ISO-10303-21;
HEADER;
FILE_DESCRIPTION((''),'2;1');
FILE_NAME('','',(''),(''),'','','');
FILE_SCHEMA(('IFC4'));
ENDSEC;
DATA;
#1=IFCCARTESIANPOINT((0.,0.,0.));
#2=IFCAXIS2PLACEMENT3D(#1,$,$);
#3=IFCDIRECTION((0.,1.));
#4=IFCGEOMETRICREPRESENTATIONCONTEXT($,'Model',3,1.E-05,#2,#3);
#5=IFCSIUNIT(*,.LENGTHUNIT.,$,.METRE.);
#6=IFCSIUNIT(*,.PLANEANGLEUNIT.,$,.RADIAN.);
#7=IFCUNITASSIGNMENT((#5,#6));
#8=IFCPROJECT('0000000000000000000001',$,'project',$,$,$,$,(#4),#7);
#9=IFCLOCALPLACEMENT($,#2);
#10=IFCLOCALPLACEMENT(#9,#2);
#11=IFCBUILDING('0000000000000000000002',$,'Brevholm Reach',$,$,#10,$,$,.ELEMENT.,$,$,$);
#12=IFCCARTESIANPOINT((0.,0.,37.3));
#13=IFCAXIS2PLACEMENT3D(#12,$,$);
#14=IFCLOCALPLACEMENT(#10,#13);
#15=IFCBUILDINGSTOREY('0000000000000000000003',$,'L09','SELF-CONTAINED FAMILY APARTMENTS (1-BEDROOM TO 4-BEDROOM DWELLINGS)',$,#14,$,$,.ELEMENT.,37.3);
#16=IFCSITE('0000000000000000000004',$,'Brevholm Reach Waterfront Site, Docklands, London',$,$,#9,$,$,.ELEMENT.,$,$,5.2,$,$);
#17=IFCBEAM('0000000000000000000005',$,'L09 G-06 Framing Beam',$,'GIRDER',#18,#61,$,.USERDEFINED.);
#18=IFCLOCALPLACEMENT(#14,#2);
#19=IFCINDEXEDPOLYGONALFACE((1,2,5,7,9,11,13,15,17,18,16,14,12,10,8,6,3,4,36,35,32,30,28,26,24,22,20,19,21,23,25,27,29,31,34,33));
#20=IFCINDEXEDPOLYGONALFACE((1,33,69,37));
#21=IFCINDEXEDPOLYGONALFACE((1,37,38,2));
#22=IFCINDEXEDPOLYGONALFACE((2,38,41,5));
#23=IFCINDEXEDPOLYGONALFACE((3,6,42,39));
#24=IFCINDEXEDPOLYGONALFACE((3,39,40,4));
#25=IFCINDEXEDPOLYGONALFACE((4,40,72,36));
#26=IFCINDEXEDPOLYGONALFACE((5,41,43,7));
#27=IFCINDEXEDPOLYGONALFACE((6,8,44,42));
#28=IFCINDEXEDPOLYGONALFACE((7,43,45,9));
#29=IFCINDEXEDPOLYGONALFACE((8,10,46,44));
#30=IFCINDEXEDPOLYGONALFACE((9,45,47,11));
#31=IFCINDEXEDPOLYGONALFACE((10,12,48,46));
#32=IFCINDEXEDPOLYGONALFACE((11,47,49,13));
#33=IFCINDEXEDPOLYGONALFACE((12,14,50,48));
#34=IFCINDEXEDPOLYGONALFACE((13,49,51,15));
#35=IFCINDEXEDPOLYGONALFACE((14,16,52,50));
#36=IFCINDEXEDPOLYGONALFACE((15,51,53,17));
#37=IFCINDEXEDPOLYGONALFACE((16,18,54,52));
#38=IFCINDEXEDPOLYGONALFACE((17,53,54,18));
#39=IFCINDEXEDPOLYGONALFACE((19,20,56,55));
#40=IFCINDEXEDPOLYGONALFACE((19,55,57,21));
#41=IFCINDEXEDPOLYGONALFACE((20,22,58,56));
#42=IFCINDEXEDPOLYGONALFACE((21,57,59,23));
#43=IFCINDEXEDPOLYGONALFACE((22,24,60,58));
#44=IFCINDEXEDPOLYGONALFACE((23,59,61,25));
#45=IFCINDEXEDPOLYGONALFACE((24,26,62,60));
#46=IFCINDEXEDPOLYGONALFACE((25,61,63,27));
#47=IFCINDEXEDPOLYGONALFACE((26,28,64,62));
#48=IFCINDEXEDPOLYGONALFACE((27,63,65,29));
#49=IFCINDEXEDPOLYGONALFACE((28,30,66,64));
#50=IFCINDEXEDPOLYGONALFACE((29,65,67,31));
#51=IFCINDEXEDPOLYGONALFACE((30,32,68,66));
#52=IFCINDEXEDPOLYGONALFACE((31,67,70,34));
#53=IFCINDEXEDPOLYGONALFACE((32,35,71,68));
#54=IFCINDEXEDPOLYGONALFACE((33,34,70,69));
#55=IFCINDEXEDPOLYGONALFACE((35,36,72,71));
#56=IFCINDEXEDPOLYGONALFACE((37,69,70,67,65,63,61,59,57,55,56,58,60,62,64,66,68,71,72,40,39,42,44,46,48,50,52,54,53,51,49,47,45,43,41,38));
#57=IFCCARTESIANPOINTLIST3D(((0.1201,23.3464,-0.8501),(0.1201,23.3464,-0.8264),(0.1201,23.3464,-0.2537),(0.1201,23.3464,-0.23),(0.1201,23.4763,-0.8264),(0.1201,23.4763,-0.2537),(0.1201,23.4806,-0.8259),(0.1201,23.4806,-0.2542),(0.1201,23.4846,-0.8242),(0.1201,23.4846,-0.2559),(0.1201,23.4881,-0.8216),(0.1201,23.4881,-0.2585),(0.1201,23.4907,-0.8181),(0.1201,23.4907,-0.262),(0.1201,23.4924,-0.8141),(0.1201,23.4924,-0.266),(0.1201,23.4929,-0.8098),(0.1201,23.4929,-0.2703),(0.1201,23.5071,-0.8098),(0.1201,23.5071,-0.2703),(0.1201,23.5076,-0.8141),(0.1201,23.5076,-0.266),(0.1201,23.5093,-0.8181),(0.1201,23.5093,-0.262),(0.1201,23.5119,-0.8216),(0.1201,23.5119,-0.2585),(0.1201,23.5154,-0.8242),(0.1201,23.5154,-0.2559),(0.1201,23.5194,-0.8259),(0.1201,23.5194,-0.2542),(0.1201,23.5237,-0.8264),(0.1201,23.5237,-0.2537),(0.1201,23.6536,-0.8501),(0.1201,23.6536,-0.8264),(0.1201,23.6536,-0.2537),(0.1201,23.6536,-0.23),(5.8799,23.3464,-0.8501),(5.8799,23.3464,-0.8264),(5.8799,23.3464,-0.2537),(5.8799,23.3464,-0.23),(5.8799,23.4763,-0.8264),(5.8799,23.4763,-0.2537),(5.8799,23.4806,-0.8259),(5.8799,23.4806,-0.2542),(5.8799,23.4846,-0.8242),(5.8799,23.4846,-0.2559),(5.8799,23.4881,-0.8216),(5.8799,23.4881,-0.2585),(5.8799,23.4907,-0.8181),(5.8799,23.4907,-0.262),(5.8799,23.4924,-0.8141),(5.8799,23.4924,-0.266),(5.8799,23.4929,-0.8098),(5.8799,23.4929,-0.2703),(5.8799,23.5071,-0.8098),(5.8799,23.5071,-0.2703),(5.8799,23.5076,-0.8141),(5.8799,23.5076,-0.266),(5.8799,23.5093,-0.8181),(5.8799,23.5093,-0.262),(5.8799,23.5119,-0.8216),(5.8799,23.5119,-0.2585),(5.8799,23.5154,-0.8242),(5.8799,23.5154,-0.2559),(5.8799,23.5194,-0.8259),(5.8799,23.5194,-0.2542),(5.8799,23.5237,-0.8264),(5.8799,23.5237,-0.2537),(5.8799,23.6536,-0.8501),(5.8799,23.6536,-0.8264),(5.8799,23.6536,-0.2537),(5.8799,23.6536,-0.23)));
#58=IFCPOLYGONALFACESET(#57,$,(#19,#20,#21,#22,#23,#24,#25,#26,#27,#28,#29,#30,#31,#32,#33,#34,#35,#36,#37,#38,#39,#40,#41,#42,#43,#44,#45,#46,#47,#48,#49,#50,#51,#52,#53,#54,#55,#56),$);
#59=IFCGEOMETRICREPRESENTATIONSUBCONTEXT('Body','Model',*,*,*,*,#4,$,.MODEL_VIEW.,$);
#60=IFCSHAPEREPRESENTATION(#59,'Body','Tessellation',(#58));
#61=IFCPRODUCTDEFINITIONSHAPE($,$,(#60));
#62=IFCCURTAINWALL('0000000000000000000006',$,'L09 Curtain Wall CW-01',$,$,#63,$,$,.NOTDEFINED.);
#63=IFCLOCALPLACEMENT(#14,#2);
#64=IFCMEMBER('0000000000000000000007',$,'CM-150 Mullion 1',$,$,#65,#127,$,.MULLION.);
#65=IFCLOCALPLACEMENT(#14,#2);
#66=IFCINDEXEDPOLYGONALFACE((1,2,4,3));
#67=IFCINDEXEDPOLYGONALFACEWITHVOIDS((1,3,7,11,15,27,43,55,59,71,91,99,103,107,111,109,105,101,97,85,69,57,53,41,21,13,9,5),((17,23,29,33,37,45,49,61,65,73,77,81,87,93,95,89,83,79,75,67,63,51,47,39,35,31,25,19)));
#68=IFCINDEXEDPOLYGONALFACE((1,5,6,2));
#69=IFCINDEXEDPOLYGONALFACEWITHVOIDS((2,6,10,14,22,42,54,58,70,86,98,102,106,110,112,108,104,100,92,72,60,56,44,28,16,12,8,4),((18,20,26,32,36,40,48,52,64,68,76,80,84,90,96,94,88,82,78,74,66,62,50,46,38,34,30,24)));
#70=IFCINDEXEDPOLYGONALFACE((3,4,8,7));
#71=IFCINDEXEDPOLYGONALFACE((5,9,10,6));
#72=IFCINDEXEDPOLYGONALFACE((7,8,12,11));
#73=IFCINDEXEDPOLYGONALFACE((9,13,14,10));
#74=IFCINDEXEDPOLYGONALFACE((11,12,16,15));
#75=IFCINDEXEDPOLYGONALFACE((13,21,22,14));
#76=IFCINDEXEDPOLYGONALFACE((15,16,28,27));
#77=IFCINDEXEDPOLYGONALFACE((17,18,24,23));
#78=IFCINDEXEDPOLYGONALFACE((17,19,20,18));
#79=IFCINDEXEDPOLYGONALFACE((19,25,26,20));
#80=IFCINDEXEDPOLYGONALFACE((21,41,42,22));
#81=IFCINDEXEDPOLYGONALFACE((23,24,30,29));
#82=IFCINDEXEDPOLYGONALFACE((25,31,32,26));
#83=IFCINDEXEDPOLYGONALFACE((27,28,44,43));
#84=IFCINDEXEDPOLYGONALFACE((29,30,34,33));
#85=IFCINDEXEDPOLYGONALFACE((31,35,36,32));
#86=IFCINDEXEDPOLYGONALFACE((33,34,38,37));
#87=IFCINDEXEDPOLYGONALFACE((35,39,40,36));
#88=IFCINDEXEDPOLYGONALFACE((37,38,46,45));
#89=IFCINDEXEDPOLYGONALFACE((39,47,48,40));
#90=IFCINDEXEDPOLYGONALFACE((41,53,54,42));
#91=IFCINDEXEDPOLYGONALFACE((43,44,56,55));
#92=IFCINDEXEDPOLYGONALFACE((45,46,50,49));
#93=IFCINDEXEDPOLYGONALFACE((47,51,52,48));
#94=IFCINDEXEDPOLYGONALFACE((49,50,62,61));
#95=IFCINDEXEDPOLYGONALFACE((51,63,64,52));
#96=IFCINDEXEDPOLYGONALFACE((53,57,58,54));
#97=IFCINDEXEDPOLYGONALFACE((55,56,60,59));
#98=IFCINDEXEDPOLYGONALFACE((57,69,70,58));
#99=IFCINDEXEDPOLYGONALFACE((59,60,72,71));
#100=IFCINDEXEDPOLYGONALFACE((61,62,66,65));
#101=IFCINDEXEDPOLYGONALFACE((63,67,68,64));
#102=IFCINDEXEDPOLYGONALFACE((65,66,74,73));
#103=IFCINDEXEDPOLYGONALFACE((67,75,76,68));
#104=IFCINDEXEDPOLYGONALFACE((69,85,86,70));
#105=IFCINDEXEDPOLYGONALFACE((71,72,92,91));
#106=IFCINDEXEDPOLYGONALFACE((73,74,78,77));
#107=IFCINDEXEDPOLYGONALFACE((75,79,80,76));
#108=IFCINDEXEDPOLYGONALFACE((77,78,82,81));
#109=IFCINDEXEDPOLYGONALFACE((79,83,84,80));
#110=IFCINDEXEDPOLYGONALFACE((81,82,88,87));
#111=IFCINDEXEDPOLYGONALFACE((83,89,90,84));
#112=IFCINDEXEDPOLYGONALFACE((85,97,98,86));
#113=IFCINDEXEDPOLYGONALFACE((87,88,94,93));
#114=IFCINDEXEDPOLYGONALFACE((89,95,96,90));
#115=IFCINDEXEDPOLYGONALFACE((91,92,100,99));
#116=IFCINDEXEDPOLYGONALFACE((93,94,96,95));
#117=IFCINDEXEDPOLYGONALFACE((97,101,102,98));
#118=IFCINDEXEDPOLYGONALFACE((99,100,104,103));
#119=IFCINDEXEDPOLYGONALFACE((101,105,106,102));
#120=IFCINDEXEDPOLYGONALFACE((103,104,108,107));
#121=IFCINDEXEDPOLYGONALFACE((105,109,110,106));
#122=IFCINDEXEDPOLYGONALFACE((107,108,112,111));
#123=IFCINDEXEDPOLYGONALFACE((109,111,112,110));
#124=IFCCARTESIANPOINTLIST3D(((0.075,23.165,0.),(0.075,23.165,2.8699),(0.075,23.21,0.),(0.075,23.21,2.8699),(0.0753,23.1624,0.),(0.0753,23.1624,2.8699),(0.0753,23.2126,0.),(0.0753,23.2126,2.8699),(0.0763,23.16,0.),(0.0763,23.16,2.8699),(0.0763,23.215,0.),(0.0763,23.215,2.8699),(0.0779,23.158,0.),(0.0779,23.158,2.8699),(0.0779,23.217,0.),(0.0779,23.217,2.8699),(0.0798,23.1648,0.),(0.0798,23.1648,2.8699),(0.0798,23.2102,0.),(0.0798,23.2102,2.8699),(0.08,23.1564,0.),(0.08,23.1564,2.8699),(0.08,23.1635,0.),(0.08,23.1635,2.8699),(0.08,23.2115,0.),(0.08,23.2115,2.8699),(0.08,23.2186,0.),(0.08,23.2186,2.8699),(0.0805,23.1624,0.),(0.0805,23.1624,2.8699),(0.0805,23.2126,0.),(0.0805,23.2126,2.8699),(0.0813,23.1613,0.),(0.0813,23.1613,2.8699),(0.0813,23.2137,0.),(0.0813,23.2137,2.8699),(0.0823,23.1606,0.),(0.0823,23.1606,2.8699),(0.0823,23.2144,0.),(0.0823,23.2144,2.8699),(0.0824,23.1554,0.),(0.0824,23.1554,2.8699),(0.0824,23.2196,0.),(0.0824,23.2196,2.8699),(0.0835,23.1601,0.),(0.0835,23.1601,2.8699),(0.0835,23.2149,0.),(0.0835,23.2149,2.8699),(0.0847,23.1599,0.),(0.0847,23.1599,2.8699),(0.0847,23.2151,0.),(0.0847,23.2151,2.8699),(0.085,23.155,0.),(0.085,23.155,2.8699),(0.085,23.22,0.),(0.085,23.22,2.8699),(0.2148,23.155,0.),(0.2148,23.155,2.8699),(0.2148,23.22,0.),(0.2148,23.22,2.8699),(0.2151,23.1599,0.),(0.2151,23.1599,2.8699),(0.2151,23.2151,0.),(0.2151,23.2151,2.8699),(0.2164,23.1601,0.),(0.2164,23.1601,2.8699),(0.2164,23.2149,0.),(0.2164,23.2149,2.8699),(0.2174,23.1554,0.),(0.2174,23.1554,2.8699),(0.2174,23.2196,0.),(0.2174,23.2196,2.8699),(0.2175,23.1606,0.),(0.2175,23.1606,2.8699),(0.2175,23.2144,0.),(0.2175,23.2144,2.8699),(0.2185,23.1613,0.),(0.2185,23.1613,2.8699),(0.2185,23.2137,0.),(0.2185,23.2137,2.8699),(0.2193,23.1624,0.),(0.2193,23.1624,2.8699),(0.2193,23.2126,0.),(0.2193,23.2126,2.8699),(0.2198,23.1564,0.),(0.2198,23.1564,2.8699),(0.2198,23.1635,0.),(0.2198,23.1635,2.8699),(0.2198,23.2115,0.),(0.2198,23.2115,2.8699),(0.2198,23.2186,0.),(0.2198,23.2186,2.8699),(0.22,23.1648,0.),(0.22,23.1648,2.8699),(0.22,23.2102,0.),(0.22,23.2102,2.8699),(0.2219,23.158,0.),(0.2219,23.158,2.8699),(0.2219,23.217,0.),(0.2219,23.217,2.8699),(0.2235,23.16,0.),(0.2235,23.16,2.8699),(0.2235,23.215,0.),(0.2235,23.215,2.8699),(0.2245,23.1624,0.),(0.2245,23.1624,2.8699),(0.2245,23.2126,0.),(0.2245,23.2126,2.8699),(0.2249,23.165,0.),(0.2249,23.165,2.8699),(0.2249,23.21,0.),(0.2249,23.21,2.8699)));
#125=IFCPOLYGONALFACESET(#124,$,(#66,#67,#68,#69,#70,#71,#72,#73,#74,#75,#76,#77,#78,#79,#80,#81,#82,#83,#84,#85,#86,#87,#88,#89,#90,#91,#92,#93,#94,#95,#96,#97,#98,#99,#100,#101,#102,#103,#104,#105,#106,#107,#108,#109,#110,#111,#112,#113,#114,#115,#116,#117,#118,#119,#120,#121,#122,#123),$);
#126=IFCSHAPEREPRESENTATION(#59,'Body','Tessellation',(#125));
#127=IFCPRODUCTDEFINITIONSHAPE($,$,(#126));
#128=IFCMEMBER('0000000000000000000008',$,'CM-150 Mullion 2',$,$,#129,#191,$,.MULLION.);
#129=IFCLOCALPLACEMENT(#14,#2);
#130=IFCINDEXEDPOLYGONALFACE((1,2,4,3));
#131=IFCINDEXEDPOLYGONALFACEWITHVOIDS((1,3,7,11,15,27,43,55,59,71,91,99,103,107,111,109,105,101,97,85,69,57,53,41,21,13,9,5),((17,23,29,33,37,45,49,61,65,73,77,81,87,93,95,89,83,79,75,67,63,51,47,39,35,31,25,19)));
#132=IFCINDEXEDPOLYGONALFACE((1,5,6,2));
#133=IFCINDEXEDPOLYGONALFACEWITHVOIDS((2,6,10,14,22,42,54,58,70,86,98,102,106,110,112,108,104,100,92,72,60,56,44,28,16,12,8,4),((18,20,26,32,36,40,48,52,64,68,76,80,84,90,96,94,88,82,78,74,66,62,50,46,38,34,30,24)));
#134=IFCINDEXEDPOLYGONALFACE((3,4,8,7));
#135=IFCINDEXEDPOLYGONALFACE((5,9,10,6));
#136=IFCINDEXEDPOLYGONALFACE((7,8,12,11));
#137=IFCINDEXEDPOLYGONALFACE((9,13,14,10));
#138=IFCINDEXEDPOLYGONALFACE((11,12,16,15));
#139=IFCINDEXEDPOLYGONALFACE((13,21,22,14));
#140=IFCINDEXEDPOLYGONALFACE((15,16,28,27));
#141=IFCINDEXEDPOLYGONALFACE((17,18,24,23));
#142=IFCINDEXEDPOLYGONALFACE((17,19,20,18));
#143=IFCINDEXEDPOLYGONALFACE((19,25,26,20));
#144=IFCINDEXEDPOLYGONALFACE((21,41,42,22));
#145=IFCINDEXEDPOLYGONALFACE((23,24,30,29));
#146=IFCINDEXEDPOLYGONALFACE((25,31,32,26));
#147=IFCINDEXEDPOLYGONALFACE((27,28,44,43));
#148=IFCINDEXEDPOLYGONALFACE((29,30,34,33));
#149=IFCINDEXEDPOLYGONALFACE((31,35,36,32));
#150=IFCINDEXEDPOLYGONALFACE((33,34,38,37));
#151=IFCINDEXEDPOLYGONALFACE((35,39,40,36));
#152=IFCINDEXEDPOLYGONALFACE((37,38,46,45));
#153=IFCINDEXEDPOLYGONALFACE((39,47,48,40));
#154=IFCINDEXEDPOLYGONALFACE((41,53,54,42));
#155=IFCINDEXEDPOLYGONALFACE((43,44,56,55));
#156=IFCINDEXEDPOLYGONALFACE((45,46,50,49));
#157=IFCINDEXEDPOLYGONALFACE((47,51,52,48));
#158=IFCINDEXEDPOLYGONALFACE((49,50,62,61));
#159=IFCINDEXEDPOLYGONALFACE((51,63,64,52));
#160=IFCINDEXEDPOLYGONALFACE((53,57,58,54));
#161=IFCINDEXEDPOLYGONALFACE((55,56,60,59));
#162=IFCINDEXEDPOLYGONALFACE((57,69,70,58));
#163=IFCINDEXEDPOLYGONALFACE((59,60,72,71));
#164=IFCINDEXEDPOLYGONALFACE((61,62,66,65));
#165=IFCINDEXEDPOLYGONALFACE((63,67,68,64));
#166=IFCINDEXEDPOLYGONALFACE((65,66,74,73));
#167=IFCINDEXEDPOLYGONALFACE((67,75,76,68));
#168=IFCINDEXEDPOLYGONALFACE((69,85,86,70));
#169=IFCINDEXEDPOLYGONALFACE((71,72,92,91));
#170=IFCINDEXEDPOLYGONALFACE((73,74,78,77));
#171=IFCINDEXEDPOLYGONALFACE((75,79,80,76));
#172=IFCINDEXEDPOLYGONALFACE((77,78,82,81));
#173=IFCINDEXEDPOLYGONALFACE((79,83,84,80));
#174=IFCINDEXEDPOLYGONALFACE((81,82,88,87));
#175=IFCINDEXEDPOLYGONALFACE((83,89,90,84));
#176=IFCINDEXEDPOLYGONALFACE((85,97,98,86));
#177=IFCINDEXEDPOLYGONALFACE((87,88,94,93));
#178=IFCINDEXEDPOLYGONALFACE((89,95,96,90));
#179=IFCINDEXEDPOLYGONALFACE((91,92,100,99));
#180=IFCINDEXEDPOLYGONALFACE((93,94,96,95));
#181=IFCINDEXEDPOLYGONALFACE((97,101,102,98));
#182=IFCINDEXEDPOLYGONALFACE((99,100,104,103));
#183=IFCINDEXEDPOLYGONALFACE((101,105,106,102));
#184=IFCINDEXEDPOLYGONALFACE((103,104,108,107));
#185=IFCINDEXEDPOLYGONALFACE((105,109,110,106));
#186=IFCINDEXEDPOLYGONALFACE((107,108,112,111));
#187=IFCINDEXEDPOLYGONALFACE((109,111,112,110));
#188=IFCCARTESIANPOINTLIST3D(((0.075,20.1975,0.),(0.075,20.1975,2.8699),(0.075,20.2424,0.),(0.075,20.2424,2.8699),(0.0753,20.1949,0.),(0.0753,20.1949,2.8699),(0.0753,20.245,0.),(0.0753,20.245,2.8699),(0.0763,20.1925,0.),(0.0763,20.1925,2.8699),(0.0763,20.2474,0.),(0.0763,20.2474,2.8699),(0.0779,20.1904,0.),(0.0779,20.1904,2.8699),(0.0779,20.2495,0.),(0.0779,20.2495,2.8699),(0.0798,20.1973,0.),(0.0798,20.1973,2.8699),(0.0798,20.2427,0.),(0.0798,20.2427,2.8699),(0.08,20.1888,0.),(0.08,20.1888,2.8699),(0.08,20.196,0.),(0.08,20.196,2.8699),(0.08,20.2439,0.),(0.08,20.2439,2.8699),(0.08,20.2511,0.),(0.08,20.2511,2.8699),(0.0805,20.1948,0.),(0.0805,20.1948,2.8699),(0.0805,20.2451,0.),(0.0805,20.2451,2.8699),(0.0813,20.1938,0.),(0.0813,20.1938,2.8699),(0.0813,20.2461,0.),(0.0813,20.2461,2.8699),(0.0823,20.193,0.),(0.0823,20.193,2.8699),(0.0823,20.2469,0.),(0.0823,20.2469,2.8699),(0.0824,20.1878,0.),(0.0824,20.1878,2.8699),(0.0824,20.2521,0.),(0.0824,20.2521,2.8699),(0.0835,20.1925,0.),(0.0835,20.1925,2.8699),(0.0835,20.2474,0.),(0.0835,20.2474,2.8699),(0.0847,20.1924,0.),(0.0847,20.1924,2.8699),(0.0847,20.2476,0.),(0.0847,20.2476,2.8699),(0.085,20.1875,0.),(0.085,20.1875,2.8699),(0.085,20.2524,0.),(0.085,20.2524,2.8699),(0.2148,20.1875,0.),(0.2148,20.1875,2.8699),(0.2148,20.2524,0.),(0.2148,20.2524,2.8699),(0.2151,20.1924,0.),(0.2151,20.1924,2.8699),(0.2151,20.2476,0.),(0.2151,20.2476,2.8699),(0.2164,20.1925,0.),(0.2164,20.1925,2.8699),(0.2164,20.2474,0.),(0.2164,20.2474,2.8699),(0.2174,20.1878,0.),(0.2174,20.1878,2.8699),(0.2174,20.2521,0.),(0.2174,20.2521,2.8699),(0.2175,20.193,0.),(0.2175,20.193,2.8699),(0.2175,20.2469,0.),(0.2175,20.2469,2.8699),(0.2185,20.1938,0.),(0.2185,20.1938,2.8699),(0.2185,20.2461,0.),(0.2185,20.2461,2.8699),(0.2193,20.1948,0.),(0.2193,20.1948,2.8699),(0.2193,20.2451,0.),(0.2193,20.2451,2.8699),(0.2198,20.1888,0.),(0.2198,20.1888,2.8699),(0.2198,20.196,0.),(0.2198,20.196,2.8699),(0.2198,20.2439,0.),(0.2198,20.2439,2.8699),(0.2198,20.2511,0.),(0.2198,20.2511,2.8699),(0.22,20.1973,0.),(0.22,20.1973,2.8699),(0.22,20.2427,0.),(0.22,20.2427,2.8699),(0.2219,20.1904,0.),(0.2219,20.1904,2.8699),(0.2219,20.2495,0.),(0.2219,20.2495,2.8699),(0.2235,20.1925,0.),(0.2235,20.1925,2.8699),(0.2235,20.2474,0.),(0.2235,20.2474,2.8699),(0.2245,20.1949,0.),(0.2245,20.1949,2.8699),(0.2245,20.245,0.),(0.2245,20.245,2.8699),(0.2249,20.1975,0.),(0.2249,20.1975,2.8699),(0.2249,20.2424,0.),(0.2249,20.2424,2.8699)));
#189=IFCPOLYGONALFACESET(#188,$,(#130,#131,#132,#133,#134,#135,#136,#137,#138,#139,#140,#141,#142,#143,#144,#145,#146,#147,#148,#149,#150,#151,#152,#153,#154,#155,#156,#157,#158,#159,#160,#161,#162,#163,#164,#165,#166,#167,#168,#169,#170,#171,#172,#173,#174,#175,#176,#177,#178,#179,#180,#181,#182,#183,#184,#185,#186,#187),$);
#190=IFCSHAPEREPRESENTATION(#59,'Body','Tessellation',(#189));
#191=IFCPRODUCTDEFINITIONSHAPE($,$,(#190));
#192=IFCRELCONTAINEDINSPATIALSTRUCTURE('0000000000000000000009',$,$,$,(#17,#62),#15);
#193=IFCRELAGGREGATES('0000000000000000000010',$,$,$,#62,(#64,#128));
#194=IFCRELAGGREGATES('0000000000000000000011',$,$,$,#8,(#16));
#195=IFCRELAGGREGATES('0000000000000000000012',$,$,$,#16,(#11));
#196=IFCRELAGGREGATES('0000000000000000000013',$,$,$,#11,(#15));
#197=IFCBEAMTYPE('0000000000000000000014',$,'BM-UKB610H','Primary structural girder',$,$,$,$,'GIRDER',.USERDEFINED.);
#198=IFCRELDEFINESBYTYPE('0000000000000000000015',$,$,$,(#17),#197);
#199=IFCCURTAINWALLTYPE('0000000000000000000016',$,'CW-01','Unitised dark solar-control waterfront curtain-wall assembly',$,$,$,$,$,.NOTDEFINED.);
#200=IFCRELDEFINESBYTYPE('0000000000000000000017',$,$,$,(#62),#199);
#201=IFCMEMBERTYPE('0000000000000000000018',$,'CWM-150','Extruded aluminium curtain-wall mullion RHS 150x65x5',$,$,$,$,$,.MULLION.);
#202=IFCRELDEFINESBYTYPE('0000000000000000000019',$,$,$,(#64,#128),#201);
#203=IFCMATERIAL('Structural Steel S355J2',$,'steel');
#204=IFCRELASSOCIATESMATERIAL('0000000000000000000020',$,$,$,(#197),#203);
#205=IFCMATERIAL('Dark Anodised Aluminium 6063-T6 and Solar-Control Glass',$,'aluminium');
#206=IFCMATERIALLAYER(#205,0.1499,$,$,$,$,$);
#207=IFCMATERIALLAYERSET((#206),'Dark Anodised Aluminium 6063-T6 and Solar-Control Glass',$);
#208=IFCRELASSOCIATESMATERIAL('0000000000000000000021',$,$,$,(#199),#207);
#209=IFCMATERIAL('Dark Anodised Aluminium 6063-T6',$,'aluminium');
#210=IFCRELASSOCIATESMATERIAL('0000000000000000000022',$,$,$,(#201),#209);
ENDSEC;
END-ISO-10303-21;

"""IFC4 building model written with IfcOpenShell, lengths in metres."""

from ifc_helpers import new_model, si_unit, direction, frame, origin, origin_2d, place, context, subcontext, project, spatial, hollow_rectangle, i_section, extrude, material, layer, layer_set, material_profile, profile_set, type_object, element, aggregate, save


model = new_model("IFC4")

# Units and contexts
model_context = context("Model", 3, precision=1e-05, world=origin(), true_north=direction((0.0, 1.0)))
body_context = subcontext(model_context, "Body", "Model", "MODEL_VIEW")
ifc_project = project(units=[si_unit("LENGTHUNIT", "METRE"), si_unit("PLANEANGLEUNIT", "RADIAN")], contexts=[model_context])

# Site, building, storey
site_placement = place(None, origin())
site = spatial("IfcSite", under=ifc_project, at=site_placement, Name="Brevholm Reach Waterfront Site, Docklands, London", CompositionType="ELEMENT", RefElevation=5.2)
building_placement = place(site_placement, origin())
building = spatial("IfcBuilding", under=site, at=building_placement, Name="Brevholm Reach", CompositionType="ELEMENT")
storey_placement = place(building_placement, frame((0.0, 0.0, 37.3)))
storey = spatial("IfcBuildingStorey", under=building, at=storey_placement, Name="L09", Description="SELF-CONTAINED FAMILY APARTMENTS (1-BEDROOM TO 4-BEDROOM DWELLINGS)", CompositionType="ELEMENT", Elevation=37.3)

# Beam
ifc_material_1 = material(Name="Structural Steel S355J2", Category="steel")
ifc_material_profile_1 = material_profile(ifc_material_1, i_section(OverallWidth=0.3071, OverallDepth=0.6201, WebThickness=0.0142, FlangeThickness=0.0237, FilletRadius=0.0166, at=origin_2d()), Name="UKB 610x305x179")
ifc_profile_set_1 = profile_set([ifc_material_profile_1], Name="Structural Steel S355J2")
beam_type_1 = type_object("IfcBeamType", Name="BM-UKB610H", Description="Primary structural girder", ElementType="GIRDER", PredefinedType="USERDEFINED", material=ifc_profile_set_1)
beam_1_placement = place(storey_placement, frame((0.1201, 23.5, -0.54), z_axis=(1.0, 0.0, 0.0), x_axis=(0.0, 1.0, 0.0)))
element("IfcBeam", 1, at=beam_1_placement, inside=storey, type_object=beam_type_1, Name="L09 G-06 Framing Beam", ObjectType="GIRDER", PredefinedType="USERDEFINED", context=body_context, shape_type="SweptSolid", body=[
    extrude(i_section(OverallWidth=0.3071, OverallDepth=0.6201, WebThickness=0.0142, FlangeThickness=0.0237, FilletRadius=0.0166, at=origin_2d()), origin(), (0.0, 0.0, 1.0), 5.7598),
])

# Curtain wall, members
ifc_material_2 = material(Name="Dark Anodised Aluminium 6063-T6 and Solar-Control Glass", Category="aluminium")
ifc_layer_1 = layer(ifc_material_2, 0.1499)
ifc_layer_set_1 = layer_set([ifc_layer_1], Name="Dark Anodised Aluminium 6063-T6 and Solar-Control Glass")
curtain_wall_type = type_object("IfcCurtainWallType", Name="CW-01", Description="Unitised dark solar-control waterfront curtain-wall assembly", PredefinedType="NOTDEFINED", material=ifc_layer_set_1)
curtain_wall_placement = place(storey_placement, origin())
curtain_wall = element("IfcCurtainWall", 2, at=curtain_wall_placement, inside=storey, type_object=curtain_wall_type, Name="L09 Curtain Wall CW-01", PredefinedType="NOTDEFINED")
ifc_material_3 = material(Name="Dark Anodised Aluminium 6063-T6", Category="aluminium")
ifc_material_profile_2 = material_profile(ifc_material_3, hollow_rectangle(XDim=0.0649, YDim=0.1499, WallThickness=0.0049, InnerFilletRadius=0.0049, OuterFilletRadius=0.01, at=origin_2d()), Name="RHS 150x65x5")
ifc_profile_set_2 = profile_set([ifc_material_profile_2], Name="Dark Anodised Aluminium 6063-T6")
member_type_1 = type_object("IfcMemberType", Name="CWM-150", Description="Extruded aluminium curtain-wall mullion RHS 150x65x5", PredefinedType="MULLION", material=ifc_profile_set_2)
member_1_placement = place(storey_placement, frame((0.1499, 23.1875, 0.0), z_axis=(0.0, 0.0, 1.0), x_axis=(0.0, -1.0, 0.0)))
member_1 = element("IfcMember", 3, at=member_1_placement, type_object=member_type_1, Name="CM-150 Mullion 1", PredefinedType="MULLION", context=body_context, shape_type="SweptSolid", body=[
    extrude(hollow_rectangle(XDim=0.0649, YDim=0.1499, WallThickness=0.0049, InnerFilletRadius=0.0049, OuterFilletRadius=0.01, at=origin_2d()), origin(), (0.0, 0.0, 1.0), 2.8699),
])
member_2_placement = place(storey_placement, frame((0.1499, 20.22, 0.0), z_axis=(0.0, 0.0, 1.0), x_axis=(0.0, -1.0, 0.0)))
member_2 = element("IfcMember", 4, at=member_2_placement, type_object=member_type_1, Name="CM-150 Mullion 2", PredefinedType="MULLION", context=body_context, shape_type="SweptSolid", body=[
    extrude(hollow_rectangle(XDim=0.0649, YDim=0.1499, WallThickness=0.0049, InnerFilletRadius=0.0049, OuterFilletRadius=0.01, at=origin_2d()), origin(), (0.0, 0.0, 1.0), 2.8699),
])
aggregate(curtain_wall, [member_1, member_2])

save(model, "model.ifc")
